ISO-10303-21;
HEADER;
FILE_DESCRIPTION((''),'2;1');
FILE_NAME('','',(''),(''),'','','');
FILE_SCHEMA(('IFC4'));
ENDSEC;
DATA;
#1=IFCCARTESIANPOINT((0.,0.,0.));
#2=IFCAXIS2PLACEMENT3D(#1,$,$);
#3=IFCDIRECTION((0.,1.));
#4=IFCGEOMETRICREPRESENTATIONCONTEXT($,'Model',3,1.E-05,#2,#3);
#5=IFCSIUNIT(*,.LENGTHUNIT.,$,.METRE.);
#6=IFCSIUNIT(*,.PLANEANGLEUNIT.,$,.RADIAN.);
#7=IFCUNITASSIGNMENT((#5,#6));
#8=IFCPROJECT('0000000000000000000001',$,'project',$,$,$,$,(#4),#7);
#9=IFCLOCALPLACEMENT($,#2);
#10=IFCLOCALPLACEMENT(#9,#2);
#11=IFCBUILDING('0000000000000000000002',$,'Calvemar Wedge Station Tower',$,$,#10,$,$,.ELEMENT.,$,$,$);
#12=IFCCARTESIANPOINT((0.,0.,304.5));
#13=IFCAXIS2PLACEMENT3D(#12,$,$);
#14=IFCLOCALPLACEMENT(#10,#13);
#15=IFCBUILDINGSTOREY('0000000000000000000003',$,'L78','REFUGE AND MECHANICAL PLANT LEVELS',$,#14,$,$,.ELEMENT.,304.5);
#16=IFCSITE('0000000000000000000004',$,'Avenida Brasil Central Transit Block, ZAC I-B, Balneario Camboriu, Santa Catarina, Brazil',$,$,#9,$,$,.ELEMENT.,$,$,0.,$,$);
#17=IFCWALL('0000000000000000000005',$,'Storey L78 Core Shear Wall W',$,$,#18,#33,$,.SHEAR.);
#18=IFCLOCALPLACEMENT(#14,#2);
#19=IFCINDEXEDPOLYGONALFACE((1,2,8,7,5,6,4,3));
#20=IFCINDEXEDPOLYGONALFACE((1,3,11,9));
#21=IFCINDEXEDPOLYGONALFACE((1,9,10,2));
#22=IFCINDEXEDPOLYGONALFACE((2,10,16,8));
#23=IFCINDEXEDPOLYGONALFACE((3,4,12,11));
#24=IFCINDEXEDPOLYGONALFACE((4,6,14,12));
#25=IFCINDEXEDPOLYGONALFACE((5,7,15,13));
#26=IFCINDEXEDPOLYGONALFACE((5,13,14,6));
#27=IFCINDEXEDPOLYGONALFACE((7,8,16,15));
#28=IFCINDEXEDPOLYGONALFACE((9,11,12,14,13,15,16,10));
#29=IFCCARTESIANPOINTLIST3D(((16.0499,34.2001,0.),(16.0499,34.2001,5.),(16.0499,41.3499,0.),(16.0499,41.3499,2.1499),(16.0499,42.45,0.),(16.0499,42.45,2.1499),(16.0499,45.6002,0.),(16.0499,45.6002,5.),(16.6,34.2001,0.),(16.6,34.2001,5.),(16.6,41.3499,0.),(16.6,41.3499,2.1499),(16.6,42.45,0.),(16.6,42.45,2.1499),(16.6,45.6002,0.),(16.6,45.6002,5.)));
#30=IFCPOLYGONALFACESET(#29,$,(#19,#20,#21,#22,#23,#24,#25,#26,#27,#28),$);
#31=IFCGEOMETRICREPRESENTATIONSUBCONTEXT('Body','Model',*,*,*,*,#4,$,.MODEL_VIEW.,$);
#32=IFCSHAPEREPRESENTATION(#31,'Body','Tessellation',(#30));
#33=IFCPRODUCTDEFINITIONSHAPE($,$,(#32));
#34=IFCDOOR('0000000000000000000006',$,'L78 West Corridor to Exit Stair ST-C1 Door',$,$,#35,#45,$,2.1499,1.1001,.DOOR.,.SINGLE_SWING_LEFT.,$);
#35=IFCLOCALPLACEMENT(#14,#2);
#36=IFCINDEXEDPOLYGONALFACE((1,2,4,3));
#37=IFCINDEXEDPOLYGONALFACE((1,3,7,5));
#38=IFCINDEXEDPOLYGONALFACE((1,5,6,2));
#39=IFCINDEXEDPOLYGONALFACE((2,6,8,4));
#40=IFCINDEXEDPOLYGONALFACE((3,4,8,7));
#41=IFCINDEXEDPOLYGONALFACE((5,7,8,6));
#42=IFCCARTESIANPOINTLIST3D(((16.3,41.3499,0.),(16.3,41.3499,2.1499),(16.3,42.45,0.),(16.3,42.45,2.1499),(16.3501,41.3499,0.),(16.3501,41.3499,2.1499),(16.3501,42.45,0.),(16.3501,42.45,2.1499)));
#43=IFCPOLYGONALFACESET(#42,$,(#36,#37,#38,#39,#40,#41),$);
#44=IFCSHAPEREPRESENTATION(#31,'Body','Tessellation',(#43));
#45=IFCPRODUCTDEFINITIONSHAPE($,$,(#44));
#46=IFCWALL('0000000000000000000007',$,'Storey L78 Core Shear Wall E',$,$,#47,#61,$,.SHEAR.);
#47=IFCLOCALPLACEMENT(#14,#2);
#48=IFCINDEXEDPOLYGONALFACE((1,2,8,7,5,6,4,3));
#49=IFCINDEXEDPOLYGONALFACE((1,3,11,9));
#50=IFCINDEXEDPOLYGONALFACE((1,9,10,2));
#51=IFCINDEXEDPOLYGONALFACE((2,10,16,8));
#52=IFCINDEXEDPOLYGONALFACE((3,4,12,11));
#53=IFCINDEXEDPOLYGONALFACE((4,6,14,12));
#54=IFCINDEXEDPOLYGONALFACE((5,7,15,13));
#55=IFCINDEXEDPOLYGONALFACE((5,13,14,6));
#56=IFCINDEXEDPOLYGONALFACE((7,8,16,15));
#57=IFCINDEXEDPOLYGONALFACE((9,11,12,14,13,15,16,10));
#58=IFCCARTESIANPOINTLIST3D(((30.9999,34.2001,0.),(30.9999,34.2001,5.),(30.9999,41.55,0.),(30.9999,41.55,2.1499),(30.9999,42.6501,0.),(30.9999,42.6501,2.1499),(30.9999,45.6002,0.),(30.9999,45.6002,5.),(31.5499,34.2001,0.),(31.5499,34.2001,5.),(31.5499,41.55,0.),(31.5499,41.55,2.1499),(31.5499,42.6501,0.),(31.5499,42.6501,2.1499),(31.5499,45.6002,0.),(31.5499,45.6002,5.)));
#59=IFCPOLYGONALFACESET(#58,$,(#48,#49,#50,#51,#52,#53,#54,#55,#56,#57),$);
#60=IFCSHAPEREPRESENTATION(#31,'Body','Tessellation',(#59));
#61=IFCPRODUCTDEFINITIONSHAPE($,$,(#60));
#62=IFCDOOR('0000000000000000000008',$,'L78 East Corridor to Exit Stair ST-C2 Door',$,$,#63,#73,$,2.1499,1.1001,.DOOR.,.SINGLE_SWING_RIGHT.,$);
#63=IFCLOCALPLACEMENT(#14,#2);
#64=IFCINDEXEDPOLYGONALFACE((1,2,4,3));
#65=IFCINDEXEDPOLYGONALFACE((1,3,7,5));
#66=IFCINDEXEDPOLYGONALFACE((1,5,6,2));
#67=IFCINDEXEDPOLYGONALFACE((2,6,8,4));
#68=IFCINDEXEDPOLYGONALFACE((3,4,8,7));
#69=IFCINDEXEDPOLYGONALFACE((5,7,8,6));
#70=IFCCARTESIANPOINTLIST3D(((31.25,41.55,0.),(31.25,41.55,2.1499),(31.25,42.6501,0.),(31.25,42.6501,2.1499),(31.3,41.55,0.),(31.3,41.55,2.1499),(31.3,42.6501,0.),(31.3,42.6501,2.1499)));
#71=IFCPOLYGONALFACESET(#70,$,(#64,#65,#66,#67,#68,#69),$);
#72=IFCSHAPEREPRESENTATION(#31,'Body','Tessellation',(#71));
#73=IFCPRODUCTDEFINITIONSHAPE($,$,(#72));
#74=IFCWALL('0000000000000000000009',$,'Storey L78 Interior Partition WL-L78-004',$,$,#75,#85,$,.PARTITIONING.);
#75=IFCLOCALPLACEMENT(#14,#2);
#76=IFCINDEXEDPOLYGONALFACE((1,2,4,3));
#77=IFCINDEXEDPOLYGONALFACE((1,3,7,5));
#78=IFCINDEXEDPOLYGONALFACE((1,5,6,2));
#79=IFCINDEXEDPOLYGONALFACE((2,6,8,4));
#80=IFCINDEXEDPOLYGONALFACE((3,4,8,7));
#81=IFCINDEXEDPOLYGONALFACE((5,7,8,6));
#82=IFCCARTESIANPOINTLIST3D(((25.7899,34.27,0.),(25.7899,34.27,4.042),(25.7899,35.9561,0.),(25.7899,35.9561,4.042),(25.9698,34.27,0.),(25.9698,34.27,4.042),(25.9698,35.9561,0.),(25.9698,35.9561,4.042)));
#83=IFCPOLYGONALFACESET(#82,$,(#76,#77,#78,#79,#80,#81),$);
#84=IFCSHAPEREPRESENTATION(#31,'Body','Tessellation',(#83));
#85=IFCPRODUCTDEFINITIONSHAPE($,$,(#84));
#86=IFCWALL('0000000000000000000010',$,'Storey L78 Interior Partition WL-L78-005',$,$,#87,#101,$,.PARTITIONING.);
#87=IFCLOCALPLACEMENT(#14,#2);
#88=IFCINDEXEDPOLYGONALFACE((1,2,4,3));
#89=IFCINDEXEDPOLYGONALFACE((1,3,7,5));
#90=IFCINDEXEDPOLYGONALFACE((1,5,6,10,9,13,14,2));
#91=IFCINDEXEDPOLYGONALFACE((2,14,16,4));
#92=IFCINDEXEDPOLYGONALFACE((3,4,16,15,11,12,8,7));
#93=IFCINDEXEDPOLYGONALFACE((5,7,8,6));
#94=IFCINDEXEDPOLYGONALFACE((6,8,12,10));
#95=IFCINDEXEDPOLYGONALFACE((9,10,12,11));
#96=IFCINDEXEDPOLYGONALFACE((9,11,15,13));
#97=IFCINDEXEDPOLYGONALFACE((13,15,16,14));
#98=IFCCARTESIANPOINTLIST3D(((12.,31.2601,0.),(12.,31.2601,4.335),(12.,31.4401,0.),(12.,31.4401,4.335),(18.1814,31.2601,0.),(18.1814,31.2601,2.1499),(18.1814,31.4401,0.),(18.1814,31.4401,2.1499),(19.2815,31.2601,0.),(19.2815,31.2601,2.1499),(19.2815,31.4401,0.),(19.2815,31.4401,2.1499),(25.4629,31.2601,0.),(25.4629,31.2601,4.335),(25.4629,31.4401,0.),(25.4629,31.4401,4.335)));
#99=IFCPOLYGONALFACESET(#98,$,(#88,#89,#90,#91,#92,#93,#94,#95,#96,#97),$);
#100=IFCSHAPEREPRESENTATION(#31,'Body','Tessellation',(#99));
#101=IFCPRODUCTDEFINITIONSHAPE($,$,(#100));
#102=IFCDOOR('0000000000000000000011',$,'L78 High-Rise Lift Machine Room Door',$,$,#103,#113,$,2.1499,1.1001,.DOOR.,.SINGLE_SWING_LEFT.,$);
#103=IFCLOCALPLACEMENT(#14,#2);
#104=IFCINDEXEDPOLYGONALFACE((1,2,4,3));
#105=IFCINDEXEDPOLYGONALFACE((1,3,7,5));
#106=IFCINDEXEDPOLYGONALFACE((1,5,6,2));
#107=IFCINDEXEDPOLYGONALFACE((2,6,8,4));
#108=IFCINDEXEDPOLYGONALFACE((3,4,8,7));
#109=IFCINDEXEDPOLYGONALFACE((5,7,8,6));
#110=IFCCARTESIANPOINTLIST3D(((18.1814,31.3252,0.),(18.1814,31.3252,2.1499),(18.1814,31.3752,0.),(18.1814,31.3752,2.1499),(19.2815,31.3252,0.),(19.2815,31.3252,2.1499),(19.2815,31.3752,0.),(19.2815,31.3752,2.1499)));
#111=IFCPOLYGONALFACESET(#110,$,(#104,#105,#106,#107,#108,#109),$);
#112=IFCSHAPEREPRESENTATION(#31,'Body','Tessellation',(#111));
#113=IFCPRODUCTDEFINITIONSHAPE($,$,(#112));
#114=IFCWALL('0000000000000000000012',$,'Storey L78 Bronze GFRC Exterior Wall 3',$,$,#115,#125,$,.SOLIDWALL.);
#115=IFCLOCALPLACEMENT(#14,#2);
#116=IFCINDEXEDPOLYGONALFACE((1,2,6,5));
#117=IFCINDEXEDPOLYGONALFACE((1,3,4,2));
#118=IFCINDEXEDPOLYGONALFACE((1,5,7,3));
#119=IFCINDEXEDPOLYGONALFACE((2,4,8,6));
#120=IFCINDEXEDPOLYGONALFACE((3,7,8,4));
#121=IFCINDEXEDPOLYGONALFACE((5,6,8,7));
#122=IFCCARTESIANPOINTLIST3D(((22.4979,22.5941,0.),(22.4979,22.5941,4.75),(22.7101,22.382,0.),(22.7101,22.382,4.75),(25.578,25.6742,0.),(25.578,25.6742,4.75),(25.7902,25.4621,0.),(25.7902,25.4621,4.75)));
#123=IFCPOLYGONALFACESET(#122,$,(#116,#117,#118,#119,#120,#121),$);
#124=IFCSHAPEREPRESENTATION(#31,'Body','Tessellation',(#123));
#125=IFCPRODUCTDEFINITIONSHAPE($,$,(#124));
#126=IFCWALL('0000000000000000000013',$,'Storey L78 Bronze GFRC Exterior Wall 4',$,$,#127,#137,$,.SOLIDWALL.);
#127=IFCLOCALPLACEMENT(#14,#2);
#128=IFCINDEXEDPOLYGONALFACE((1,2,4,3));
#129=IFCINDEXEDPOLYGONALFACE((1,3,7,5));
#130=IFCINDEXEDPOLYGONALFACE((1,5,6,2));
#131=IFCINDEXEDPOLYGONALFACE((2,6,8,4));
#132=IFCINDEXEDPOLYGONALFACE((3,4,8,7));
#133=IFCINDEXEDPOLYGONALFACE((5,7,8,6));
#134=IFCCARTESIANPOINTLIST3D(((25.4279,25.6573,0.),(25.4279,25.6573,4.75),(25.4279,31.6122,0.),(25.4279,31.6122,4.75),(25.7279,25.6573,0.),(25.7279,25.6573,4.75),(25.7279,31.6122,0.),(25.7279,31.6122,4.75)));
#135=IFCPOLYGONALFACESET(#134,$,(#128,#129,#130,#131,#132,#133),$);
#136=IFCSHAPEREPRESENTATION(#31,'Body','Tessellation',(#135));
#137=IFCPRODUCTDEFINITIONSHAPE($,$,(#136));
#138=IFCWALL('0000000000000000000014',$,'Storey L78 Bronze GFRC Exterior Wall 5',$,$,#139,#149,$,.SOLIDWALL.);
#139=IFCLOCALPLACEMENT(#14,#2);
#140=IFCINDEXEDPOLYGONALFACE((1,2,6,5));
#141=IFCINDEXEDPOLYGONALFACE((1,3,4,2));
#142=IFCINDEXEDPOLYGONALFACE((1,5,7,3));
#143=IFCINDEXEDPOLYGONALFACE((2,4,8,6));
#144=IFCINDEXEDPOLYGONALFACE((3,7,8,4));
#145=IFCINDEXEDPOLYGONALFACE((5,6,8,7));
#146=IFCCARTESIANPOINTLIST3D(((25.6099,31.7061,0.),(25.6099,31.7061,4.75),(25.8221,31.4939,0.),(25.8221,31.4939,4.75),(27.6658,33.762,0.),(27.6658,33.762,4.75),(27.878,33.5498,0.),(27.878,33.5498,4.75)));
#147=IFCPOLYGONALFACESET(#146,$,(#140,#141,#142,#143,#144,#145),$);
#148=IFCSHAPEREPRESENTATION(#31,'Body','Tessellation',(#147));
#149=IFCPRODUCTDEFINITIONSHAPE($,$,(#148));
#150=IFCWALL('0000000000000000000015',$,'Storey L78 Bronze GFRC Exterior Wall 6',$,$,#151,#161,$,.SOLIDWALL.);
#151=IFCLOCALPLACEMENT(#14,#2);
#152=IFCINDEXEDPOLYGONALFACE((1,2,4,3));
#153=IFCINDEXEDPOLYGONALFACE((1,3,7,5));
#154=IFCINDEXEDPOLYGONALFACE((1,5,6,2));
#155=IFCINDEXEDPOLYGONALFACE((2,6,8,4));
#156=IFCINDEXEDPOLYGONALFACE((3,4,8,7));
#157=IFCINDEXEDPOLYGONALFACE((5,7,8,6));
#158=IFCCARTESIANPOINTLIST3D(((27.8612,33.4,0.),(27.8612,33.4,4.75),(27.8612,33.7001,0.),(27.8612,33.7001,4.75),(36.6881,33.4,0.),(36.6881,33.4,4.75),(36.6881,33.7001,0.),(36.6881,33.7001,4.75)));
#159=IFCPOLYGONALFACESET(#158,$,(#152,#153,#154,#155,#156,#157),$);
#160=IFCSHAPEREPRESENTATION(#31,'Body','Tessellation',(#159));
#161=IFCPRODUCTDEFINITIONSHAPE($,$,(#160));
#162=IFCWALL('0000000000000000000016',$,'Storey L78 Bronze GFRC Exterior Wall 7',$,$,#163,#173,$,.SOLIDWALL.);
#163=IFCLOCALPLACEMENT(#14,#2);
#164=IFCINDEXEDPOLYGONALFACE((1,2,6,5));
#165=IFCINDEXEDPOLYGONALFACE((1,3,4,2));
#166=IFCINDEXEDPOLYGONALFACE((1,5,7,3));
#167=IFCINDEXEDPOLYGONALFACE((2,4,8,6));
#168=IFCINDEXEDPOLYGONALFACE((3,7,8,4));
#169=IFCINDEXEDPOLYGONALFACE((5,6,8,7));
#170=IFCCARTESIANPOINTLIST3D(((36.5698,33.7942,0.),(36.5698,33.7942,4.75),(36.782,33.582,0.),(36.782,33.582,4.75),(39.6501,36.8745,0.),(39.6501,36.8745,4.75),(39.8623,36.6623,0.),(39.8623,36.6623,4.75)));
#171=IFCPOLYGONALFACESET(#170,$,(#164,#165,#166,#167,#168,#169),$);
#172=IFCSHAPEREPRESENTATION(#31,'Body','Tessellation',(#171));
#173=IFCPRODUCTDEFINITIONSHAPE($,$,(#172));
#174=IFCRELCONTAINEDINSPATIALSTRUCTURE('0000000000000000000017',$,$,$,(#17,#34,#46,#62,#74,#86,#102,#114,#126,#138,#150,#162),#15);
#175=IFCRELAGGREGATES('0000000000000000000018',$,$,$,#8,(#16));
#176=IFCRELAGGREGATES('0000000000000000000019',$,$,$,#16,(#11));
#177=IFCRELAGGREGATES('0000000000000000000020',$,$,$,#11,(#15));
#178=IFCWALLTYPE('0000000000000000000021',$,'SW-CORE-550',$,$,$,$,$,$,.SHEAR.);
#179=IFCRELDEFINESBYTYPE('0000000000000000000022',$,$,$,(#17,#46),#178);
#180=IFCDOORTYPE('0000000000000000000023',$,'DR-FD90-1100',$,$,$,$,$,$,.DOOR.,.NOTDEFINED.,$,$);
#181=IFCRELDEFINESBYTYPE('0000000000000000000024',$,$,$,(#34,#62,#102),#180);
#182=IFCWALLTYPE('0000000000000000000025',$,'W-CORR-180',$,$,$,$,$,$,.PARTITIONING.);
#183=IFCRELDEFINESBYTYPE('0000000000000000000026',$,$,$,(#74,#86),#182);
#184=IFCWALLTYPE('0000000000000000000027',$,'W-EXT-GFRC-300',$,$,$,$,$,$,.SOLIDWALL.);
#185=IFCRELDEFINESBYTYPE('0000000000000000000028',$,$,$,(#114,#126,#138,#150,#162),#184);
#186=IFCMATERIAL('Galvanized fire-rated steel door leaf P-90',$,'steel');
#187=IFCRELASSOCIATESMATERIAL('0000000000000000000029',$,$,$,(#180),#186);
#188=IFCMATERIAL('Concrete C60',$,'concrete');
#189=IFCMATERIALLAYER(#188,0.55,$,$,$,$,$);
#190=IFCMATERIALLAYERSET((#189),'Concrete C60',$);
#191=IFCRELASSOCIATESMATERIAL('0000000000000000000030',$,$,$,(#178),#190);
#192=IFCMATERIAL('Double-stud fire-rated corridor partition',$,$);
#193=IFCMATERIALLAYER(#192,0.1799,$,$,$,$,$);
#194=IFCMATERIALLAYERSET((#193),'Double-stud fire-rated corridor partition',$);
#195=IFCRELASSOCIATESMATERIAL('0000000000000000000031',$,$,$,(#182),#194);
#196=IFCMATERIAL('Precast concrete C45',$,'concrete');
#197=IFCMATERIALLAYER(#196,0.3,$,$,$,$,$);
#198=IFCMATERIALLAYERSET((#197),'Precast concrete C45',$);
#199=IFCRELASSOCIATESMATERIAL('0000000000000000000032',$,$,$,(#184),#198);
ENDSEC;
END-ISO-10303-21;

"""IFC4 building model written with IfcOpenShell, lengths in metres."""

from ifc_helpers import new_model, si_unit, direction, frame, frame_2d, origin, place, context, subcontext, project, spatial, rectangle, extrude, source, transform, mapped, material, layer, layer_set, type_object, element, fill, save


model = new_model("IFC4")

# Units and contexts
model_context = context("Model", 3, precision=1e-05, world=origin(), true_north=direction((0.0, 1.0)))
body_context = subcontext(model_context, "Body", "Model", "MODEL_VIEW")
ifc_project = project(units=[si_unit("LENGTHUNIT", "METRE"), si_unit("PLANEANGLEUNIT", "RADIAN")], contexts=[model_context])

# Site, building, storey
site_placement = place(None, origin())
site = spatial("IfcSite", under=ifc_project, at=site_placement, Name="Avenida Brasil Central Transit Block, ZAC I-B, Balneario Camboriu, Santa Catarina, Brazil", CompositionType="ELEMENT", RefElevation=0.0)
building_placement = place(site_placement, origin())
building = spatial("IfcBuilding", under=site, at=building_placement, Name="Calvemar Wedge Station Tower", CompositionType="ELEMENT")
storey_placement = place(building_placement, frame((0.0, 0.0, 304.5)))
storey = spatial("IfcBuildingStorey", under=building, at=storey_placement, Name="L78", Description="REFUGE AND MECHANICAL PLANT LEVELS", CompositionType="ELEMENT", Elevation=304.5)

# Walls, openings, doors
ifc_material_1 = material(Name="Galvanized fire-rated steel door leaf P-90", Category="steel")
door_type = type_object("IfcDoorType", Name="DR-FD90-1100", OperationType="NOTDEFINED", PredefinedType="DOOR", material=ifc_material_1)
shared_shape_1 = source(origin(), body_context, "Body", "SweptSolid", [
    extrude(rectangle(XDim=1.1001, YDim=2.1499, at=frame_2d((0.55, 1.075))), frame((0.0, 0.0249, 0.0), z_axis=(0.0, -1.0, 0.0), x_axis=(1.0, 0.0, 0.0)), (0.0, 0.0, 1.0), 0.05),
])
ifc_material_2 = material(Name="Concrete C60", Category="concrete")
ifc_layer_1 = layer(ifc_material_2, 0.55)
ifc_layer_set_1 = layer_set([ifc_layer_1], Name="Concrete C60")
wall_type_1 = type_object("IfcWallType", Name="SW-CORE-550", PredefinedType="SHEAR", material=ifc_layer_set_1)
wall_1_placement = place(storey_placement, frame((16.325, 34.2, 0.0), z_axis=(0.0, 0.0, 1.0), x_axis=(0.0, 1.0, 0.0)))
wall_1 = element("IfcWall", 1, at=wall_1_placement, inside=storey, type_object=wall_type_1, Name="Storey L78 Core Shear Wall W", PredefinedType="SHEAR", context=body_context, shape_type="SweptSolid", body=[
    extrude(rectangle(XDim=11.4001, YDim=0.55, at=frame_2d((5.7002, 0.0))), origin(), (0.0, 0.0, 1.0), 5.0),
])
shared_shape_2 = source(origin(), body_context, "Body", "SweptSolid", [
    extrude(rectangle(XDim=1.1001, YDim=2.1499, at=frame_2d((0.55, 1.075))), frame((0.0, 0.2852, 0.0), z_axis=(0.0, -1.0, 0.0), x_axis=(1.0, 0.0, 0.0)), (0.0, 0.0, 1.0), 0.5701),
])
opening_1_placement = place(wall_1_placement, frame((7.1499, 0.0, 0.0)))
opening_1 = element("IfcOpeningElement", 2, at=opening_1_placement, cuts=wall_1, PredefinedType="OPENING", context=body_context, shape_type="MappedRepresentation", body=[
    mapped(shared_shape_2, transform((0.0, 0.0, 0.0), scale=1.0)),
])
door_1_placement = place(opening_1_placement, origin())
door_1 = element("IfcDoor", 3, at=door_1_placement, inside=storey, type_object=door_type, Name="L78 West Corridor to Exit Stair ST-C1 Door", OperationType="SINGLE_SWING_LEFT", OverallHeight=2.1499, OverallWidth=1.1001, PredefinedType="DOOR", context=body_context, shape_type="MappedRepresentation", body=[
    mapped(shared_shape_1, transform((0.0, 0.0, 0.0), scale=1.0)),
])
fill(opening_1, door_1)
wall_2_placement = place(storey_placement, frame((31.2749, 34.2, 0.0), z_axis=(0.0, 0.0, 1.0), x_axis=(0.0, 1.0, 0.0)))
wall_2 = element("IfcWall", 4, at=wall_2_placement, inside=storey, type_object=wall_type_1, Name="Storey L78 Core Shear Wall E", PredefinedType="SHEAR", context=body_context, shape_type="SweptSolid", body=[
    extrude(rectangle(XDim=11.4001, YDim=0.55, at=frame_2d((5.7002, 0.0))), origin(), (0.0, 0.0, 1.0), 5.0),
])
opening_2_placement = place(wall_2_placement, frame((7.3501, 0.0, 0.0)))
opening_2 = element("IfcOpeningElement", 5, at=opening_2_placement, cuts=wall_2, PredefinedType="OPENING", context=body_context, shape_type="MappedRepresentation", body=[
    mapped(shared_shape_2, transform((0.0, 0.0, 0.0), scale=1.0)),
])
door_2_placement = place(opening_2_placement, origin())
door_2 = element("IfcDoor", 6, at=door_2_placement, inside=storey, type_object=door_type, Name="L78 East Corridor to Exit Stair ST-C2 Door", OperationType="SINGLE_SWING_RIGHT", OverallHeight=2.1499, OverallWidth=1.1001, PredefinedType="DOOR", context=body_context, shape_type="MappedRepresentation", body=[
    mapped(shared_shape_1, transform((0.0, 0.0, 0.0), scale=1.0)),
])
fill(opening_2, door_2)

# Wall
ifc_material_3 = material(Name="Double-stud fire-rated corridor partition")
ifc_layer_2 = layer(ifc_material_3, 0.1799)
ifc_layer_set_2 = layer_set([ifc_layer_2], Name="Double-stud fire-rated corridor partition")
wall_type_2 = type_object("IfcWallType", Name="W-CORR-180", PredefinedType="PARTITIONING", material=ifc_layer_set_2)
wall_3_placement = place(storey_placement, frame((25.8799, 35.9561, 0.0), z_axis=(0.0, 0.0, 1.0), x_axis=(0.0, -1.0, 0.0)))
element("IfcWall", 7, at=wall_3_placement, inside=storey, type_object=wall_type_2, Name="Storey L78 Interior Partition WL-L78-004", PredefinedType="PARTITIONING", context=body_context, shape_type="SweptSolid", body=[
    extrude(rectangle(XDim=1.686, YDim=0.1799, at=frame_2d((0.843, 0.0))), origin(), (0.0, 0.0, 1.0), 4.042),
])

# Wall, opening, door
wall_4_placement = place(storey_placement, frame((25.4629, 31.3501, 0.0), z_axis=(0.0, 0.0, 1.0), x_axis=(-1.0, 0.0, 0.0)))
wall_4 = element("IfcWall", 8, at=wall_4_placement, inside=storey, type_object=wall_type_2, Name="Storey L78 Interior Partition WL-L78-005", PredefinedType="PARTITIONING", context=body_context, shape_type="SweptSolid", body=[
    extrude(rectangle(XDim=13.4629, YDim=0.1799, at=frame_2d((6.7314, 0.0))), origin(), (0.0, 0.0, 1.0), 4.335),
])
shared_shape_3 = source(origin(), body_context, "Body", "SweptSolid", [
    extrude(rectangle(XDim=1.1001, YDim=2.1499, at=frame_2d((0.55, 1.075))), frame((0.0, 0.1001, 0.0), z_axis=(0.0, -1.0, 0.0), x_axis=(1.0, 0.0, 0.0)), (0.0, 0.0, 1.0), 0.2),
])
opening_3_placement = place(wall_4_placement, frame((6.1814, 0.0, 0.0)))
opening_3 = element("IfcOpeningElement", 9, at=opening_3_placement, cuts=wall_4, PredefinedType="OPENING", context=body_context, shape_type="MappedRepresentation", body=[
    mapped(shared_shape_3, transform((0.0, 0.0, 0.0), scale=1.0)),
])
door_3_placement = place(opening_3_placement, origin())
door_3 = element("IfcDoor", 10, at=door_3_placement, inside=storey, type_object=door_type, Name="L78 High-Rise Lift Machine Room Door", OperationType="SINGLE_SWING_LEFT", OverallHeight=2.1499, OverallWidth=1.1001, PredefinedType="DOOR", context=body_context, shape_type="MappedRepresentation", body=[
    mapped(shared_shape_1, transform((0.0, 0.0, 0.0), scale=1.0)),
])
fill(opening_3, door_3)

# Walls
ifc_material_4 = material(Name="Precast concrete C45", Category="concrete")
ifc_layer_3 = layer(ifc_material_4, 0.3)
ifc_layer_set_3 = layer_set([ifc_layer_3], Name="Precast concrete C45")
wall_type_3 = type_object("IfcWallType", Name="W-EXT-GFRC-300", PredefinedType="SOLIDWALL", material=ifc_layer_set_3)
wall_5_placement = place(storey_placement, frame((22.604, 22.488, 0.0), z_axis=(0.0, 0.0, 1.0), x_axis=(0.707107, 0.707107, 0.0)))
element("IfcWall", 11, at=wall_5_placement, inside=storey, type_object=wall_type_3, Name="Storey L78 Bronze GFRC Exterior Wall 3", PredefinedType="SOLIDWALL", context=body_context, shape_type="SweptSolid", body=[
    extrude(rectangle(XDim=4.356, YDim=0.3, at=frame_2d((2.178, 0.0))), origin(), (0.0, 0.0, 1.0), 4.75),
])
wall_6_placement = place(storey_placement, frame((25.5779, 25.6572, 0.0), z_axis=(0.0, 0.0, 1.0), x_axis=(0.0, 1.0, 0.0)))
element("IfcWall", 12, at=wall_6_placement, inside=storey, type_object=wall_type_3, Name="Storey L78 Bronze GFRC Exterior Wall 4", PredefinedType="SOLIDWALL", context=body_context, shape_type="SweptSolid", body=[
    extrude(rectangle(XDim=5.9548, YDim=0.3, at=frame_2d((2.9775, 0.0))), origin(), (0.0, 0.0, 1.0), 4.75),
])
wall_7_placement = place(storey_placement, frame((25.7161, 31.6001, 0.0), z_axis=(0.0, 0.0, 1.0), x_axis=(0.707107, 0.707107, 0.0)))
element("IfcWall", 13, at=wall_7_placement, inside=storey, type_object=wall_type_3, Name="Storey L78 Bronze GFRC Exterior Wall 5", PredefinedType="SOLIDWALL", context=body_context, shape_type="SweptSolid", body=[
    extrude(rectangle(XDim=2.9075, YDim=0.3, at=frame_2d((1.4536, 0.0))), origin(), (0.0, 0.0, 1.0), 4.75),
])
wall_8_placement = place(storey_placement, frame((27.8611, 33.55, 0.0), z_axis=(0.0, 0.0, 1.0), x_axis=(1.0, 0.0, 0.0)))
element("IfcWall", 14, at=wall_8_placement, inside=storey, type_object=wall_type_3, Name="Storey L78 Bronze GFRC Exterior Wall 6", PredefinedType="SOLIDWALL", context=body_context, shape_type="SweptSolid", body=[
    extrude(rectangle(XDim=8.8269, YDim=0.3, at=frame_2d((4.4136, 0.0))), origin(), (0.0, 0.0, 1.0), 4.75),
])
wall_9_placement = place(storey_placement, frame((36.6758, 33.688, 0.0), z_axis=(0.0, 0.0, 1.0), x_axis=(0.707107, 0.707107, 0.0)))
element("IfcWall", 15, at=wall_9_placement, inside=storey, type_object=wall_type_3, Name="Storey L78 Bronze GFRC Exterior Wall 7", PredefinedType="SOLIDWALL", context=body_context, shape_type="SweptSolid", body=[
    extrude(rectangle(XDim=4.3562, YDim=0.3, at=frame_2d((2.1782, 0.0))), origin(), (0.0, 0.0, 1.0), 4.75),
])

save(model, "model.ifc")
